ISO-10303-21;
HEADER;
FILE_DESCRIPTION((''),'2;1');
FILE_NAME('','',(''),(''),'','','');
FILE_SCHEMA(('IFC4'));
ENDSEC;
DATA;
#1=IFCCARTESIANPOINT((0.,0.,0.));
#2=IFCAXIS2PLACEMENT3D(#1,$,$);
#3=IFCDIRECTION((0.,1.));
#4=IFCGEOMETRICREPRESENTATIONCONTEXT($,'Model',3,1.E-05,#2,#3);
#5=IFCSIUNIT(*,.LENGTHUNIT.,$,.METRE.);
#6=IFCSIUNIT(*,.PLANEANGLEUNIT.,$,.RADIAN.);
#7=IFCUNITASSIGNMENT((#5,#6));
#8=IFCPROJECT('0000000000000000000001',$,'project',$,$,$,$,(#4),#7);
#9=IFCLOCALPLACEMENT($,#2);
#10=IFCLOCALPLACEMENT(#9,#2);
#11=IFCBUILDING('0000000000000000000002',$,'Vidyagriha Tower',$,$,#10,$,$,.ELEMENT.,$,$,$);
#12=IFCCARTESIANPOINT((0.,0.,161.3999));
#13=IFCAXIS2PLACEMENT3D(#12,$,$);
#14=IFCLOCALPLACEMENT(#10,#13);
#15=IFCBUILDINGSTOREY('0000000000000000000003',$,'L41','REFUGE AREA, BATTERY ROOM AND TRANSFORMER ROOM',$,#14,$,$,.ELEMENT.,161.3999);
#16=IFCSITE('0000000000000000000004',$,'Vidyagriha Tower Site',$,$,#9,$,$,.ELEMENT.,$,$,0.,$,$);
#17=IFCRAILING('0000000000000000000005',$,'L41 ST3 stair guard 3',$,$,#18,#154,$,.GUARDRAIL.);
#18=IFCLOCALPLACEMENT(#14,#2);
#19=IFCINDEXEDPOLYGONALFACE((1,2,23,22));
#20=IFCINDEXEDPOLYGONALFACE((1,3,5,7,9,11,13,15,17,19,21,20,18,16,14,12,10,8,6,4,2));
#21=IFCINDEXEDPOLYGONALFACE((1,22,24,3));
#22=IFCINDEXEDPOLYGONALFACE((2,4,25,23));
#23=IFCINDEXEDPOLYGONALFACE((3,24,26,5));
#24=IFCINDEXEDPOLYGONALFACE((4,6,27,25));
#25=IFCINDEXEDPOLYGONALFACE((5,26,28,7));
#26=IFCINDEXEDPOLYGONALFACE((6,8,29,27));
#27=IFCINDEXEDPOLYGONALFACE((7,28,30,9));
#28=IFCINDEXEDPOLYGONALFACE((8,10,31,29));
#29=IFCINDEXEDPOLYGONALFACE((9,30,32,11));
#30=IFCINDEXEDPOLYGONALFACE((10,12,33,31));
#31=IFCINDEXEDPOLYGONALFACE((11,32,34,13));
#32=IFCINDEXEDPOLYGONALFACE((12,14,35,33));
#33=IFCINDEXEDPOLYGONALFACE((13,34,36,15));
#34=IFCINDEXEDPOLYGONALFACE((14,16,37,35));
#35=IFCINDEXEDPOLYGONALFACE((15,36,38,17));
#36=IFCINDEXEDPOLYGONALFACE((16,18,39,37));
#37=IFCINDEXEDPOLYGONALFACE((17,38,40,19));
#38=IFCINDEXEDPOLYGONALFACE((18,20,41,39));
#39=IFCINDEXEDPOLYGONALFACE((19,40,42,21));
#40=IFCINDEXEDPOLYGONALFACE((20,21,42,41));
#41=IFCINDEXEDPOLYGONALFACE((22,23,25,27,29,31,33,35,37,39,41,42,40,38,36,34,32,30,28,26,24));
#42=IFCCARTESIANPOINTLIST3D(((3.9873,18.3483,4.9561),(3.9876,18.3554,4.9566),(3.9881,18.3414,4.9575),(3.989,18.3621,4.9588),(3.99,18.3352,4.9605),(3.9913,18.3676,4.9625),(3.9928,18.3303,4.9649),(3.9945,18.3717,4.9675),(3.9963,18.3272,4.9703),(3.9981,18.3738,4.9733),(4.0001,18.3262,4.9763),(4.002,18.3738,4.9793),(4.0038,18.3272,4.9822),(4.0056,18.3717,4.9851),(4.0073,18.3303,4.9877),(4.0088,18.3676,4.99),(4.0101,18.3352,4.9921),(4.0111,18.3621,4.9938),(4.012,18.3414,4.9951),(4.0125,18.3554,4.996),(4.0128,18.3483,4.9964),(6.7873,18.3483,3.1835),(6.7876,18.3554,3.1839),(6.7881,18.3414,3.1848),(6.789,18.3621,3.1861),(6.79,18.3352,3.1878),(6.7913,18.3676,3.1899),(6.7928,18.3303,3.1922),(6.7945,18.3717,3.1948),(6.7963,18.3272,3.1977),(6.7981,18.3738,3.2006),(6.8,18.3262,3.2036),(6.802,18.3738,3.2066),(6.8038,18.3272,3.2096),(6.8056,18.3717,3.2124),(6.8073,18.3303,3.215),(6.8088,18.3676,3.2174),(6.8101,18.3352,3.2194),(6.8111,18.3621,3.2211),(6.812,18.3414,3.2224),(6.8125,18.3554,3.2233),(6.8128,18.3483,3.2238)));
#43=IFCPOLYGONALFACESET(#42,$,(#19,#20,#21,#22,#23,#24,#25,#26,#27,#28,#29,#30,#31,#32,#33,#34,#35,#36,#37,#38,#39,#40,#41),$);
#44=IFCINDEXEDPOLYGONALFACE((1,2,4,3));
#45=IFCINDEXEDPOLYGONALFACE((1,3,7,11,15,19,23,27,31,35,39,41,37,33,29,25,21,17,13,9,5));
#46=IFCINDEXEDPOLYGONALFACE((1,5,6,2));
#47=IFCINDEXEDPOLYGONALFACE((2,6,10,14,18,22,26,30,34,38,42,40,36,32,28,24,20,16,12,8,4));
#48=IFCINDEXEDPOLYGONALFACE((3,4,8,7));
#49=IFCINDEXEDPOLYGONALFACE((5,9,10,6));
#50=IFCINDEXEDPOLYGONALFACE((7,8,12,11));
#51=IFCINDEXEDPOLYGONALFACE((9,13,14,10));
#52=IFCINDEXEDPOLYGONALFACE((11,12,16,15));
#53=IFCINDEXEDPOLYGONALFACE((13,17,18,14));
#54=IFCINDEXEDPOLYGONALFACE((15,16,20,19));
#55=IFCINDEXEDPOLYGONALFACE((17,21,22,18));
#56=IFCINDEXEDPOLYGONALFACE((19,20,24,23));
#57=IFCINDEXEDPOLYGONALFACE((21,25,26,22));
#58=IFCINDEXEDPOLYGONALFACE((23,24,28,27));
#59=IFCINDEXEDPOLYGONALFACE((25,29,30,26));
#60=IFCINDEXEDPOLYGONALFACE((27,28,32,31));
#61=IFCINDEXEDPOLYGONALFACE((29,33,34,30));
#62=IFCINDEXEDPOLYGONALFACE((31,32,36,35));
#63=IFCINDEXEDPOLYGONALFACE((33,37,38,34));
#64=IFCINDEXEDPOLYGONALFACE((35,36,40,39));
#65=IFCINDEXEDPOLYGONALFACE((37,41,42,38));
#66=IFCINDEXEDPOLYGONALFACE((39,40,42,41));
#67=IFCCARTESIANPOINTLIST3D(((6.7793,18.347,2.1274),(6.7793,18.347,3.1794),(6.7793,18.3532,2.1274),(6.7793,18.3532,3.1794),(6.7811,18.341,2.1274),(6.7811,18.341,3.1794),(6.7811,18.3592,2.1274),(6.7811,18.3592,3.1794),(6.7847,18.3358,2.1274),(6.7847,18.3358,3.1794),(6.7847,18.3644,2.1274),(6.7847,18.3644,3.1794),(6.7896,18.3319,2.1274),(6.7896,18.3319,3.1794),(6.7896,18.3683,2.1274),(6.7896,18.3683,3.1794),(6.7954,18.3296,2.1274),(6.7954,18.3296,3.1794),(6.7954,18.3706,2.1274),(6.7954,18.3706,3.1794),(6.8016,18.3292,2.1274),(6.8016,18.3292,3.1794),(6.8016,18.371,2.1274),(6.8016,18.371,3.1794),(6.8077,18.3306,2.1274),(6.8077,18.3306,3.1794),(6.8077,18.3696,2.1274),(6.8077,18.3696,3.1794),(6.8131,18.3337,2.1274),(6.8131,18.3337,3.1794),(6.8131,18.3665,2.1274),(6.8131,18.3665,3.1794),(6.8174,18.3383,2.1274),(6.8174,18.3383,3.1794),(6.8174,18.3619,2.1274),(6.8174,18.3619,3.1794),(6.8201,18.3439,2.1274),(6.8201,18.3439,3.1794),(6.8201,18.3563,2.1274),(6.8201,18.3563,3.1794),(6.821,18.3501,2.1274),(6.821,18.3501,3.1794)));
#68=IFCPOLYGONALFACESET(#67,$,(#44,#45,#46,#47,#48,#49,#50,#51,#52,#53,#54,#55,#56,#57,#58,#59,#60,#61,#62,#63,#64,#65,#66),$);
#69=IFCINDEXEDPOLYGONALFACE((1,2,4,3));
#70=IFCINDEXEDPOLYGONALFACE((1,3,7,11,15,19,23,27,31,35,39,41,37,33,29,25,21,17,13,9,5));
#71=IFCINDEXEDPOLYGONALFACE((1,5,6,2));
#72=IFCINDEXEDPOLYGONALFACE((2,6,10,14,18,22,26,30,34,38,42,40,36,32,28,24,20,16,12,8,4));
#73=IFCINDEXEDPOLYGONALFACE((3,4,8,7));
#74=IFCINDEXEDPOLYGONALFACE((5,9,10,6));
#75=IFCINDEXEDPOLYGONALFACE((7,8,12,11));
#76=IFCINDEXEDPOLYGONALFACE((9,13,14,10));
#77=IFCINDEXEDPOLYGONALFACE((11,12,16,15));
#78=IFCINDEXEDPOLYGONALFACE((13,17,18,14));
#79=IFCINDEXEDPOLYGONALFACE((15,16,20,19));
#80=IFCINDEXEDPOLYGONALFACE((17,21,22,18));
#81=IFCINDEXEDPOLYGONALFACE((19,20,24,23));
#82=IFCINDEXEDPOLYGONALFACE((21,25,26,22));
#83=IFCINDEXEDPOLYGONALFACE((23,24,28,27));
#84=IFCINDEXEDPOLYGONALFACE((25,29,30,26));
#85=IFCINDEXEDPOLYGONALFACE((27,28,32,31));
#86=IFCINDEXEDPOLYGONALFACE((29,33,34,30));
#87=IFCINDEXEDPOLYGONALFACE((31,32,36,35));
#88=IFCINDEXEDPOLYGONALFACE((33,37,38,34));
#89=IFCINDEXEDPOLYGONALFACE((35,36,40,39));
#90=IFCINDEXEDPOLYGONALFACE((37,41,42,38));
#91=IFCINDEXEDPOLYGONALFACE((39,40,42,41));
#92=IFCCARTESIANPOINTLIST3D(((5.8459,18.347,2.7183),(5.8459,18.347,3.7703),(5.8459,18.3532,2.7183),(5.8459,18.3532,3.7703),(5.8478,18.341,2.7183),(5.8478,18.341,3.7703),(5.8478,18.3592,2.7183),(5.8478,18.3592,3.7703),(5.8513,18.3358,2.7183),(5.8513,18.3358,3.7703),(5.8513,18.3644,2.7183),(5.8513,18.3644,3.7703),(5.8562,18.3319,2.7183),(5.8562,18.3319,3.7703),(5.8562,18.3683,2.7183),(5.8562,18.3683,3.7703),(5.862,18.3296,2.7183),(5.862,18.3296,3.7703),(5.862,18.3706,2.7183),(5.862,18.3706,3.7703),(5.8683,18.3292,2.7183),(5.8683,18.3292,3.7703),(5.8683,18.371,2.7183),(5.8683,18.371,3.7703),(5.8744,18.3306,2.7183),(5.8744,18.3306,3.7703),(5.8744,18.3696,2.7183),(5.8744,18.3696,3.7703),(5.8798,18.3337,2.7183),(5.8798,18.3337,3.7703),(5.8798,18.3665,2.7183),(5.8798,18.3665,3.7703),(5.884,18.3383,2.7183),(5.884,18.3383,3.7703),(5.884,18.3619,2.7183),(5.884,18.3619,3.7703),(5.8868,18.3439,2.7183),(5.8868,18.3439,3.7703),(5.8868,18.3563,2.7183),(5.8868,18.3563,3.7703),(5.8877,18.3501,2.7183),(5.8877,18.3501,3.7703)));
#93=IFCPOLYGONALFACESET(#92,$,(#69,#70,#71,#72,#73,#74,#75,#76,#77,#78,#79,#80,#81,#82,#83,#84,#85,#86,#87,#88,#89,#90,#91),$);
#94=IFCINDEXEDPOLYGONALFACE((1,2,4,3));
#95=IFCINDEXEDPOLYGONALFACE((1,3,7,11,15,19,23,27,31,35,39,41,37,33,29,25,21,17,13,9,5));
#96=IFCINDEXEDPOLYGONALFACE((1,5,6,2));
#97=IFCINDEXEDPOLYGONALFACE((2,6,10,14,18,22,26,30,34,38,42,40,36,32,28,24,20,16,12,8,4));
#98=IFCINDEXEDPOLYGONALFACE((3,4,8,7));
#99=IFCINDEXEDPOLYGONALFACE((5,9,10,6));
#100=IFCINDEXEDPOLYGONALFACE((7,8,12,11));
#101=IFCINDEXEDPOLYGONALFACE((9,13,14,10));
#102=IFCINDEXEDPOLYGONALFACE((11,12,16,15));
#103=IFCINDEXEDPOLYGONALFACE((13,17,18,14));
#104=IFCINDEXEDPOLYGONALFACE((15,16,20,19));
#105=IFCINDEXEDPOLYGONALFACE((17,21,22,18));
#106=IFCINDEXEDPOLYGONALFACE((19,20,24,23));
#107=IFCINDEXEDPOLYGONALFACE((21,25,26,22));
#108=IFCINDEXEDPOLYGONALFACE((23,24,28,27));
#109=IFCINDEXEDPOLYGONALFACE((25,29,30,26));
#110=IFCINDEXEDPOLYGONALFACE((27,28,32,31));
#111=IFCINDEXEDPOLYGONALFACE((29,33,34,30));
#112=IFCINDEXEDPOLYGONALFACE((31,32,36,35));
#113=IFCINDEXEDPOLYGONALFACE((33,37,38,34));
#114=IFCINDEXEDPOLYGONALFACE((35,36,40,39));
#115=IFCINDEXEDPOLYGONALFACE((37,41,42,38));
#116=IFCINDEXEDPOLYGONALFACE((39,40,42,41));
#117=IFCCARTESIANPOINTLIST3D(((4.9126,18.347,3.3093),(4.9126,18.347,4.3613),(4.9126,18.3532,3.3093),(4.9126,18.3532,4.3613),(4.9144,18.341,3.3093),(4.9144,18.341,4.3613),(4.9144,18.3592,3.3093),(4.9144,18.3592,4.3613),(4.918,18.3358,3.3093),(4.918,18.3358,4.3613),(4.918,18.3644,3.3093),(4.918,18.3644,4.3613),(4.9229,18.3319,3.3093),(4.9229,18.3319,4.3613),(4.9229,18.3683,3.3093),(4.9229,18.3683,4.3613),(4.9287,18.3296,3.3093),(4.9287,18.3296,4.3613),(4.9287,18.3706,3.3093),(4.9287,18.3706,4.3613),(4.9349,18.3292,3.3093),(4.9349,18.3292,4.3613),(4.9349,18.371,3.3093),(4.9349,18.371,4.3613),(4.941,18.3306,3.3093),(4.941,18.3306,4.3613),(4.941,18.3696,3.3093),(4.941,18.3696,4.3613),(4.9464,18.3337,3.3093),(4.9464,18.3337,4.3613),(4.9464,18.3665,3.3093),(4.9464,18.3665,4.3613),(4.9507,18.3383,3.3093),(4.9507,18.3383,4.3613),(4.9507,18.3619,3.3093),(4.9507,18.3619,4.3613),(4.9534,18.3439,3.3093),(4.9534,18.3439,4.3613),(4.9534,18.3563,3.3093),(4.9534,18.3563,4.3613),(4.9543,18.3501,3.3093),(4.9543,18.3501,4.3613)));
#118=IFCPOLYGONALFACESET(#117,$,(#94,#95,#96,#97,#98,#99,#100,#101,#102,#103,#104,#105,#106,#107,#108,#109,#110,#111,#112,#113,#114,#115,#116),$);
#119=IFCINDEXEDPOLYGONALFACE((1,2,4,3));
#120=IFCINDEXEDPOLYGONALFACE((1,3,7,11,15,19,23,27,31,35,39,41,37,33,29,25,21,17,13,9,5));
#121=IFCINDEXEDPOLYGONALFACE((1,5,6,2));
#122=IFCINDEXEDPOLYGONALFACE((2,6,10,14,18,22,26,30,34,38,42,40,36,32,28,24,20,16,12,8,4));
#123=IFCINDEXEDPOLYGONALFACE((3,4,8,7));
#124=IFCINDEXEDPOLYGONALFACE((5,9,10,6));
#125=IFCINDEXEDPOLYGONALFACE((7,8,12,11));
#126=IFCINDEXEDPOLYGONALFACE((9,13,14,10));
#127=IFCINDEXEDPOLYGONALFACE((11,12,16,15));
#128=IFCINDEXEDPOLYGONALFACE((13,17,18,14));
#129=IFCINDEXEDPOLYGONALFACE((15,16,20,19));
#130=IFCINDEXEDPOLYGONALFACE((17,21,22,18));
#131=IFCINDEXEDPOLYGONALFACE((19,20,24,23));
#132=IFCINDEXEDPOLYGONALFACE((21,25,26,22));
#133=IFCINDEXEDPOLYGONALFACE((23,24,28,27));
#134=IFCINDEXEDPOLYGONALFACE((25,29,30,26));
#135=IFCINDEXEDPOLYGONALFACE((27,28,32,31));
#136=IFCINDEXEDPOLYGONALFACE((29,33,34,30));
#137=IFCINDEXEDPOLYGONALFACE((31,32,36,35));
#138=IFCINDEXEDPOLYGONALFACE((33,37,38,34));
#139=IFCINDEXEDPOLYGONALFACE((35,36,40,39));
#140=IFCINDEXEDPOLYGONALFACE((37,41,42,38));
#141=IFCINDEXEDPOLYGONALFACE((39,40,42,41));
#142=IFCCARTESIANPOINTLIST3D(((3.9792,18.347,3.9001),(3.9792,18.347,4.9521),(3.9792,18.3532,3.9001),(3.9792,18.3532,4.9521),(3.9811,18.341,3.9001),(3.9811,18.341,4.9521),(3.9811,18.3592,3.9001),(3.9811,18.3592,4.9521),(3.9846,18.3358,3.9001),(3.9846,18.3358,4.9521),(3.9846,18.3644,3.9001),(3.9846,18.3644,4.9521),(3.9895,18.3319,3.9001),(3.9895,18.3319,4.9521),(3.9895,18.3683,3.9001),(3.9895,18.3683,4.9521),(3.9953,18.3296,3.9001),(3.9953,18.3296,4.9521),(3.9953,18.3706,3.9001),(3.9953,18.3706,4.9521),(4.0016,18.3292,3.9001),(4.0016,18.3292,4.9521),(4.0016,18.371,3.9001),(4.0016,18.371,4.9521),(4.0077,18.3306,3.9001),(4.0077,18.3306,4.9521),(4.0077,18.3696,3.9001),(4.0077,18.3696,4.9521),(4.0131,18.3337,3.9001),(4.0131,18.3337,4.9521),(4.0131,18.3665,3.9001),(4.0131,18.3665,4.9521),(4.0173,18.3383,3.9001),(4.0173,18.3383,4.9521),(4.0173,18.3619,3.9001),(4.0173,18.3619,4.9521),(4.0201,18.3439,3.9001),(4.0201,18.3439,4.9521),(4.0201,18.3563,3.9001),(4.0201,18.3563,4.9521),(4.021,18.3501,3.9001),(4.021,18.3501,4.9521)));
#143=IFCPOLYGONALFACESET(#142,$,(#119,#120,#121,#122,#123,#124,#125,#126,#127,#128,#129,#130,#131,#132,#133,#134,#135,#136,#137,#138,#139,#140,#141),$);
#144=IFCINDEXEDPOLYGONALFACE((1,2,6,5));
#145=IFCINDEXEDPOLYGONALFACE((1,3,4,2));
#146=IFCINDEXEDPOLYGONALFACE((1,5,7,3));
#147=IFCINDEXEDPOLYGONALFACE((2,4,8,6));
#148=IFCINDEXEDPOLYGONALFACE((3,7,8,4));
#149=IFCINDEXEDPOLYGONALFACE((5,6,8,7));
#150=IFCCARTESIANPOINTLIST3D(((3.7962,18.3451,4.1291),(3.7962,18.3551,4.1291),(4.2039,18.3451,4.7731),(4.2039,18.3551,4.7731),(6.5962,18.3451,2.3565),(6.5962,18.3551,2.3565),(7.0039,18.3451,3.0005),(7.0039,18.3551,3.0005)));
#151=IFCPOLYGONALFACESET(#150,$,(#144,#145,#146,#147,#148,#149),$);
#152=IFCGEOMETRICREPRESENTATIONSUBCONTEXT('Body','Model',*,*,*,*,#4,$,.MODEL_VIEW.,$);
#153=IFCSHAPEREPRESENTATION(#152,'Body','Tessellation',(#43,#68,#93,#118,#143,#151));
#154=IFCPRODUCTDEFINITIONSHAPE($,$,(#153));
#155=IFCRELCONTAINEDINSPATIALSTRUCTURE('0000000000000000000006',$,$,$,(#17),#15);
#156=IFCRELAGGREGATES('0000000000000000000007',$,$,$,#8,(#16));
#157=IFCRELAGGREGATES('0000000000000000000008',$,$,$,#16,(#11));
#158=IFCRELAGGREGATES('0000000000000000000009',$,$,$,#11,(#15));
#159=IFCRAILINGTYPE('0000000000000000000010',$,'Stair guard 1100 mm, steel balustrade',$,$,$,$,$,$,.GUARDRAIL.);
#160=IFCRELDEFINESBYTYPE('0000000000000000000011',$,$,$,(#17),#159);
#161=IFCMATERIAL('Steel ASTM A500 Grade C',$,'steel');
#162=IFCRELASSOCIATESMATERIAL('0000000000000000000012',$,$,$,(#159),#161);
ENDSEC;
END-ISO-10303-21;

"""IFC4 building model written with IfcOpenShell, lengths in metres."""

from ifc_helpers import new_model, si_unit, direction, frame, origin, origin_2d, place, context, subcontext, project, spatial, rectangle, circle, extrude, material, type_object, element, save


model = new_model("IFC4")

# Units and contexts
model_context = context("Model", 3, precision=1e-05, world=origin(), true_north=direction((0.0, 1.0)))
body_context = subcontext(model_context, "Body", "Model", "MODEL_VIEW")
ifc_project = project(units=[si_unit("LENGTHUNIT", "METRE"), si_unit("PLANEANGLEUNIT", "RADIAN")], contexts=[model_context])

# Site, building, storey
site_placement = place(None, origin())
site = spatial("IfcSite", under=ifc_project, at=site_placement, Name="Vidyagriha Tower Site", CompositionType="ELEMENT", RefElevation=0.0)
building_placement = place(site_placement, origin())
building = spatial("IfcBuilding", under=site, at=building_placement, Name="Vidyagriha Tower", CompositionType="ELEMENT")
storey_placement = place(building_placement, frame((0.0, 0.0, 161.3999)))
storey = spatial("IfcBuildingStorey", under=building, at=storey_placement, Name="L41", Description="REFUGE AREA, BATTERY ROOM AND TRANSFORMER ROOM", CompositionType="ELEMENT", Elevation=161.3999)

# Railing
ifc_material_1 = material(Name="Steel ASTM A500 Grade C", Category="steel")
railing_type_1 = type_object("IfcRailingType", Name="Stair guard 1100 mm, steel balustrade", PredefinedType="GUARDRAIL", material=ifc_material_1)
railing_1_placement = place(storey_placement, frame((6.8, 18.3501, 2.1274)))
element("IfcRailing", 1, at=railing_1_placement, inside=storey, type_object=railing_type_1, Name="L41 ST3 stair guard 3", PredefinedType="GUARDRAIL", context=body_context, shape_type="SweptSolid", body=[
    extrude(circle(Radius=0.0239, at=origin_2d()), frame((0.0, 0.0, 1.0762), z_axis=(-0.844909, 0.0, 0.53491), x_axis=(0.0, -1.0, 0.0)), (0.0, 0.0, 1.0), 3.314),
    extrude(circle(Radius=0.021, at=origin_2d()), origin(), (0.0, 0.0, 1.0), 1.052),
    extrude(circle(Radius=0.021, at=origin_2d()), frame((-0.9333, 0.0, 0.5908)), (0.0, 0.0, 1.0), 1.052),
    extrude(circle(Radius=0.021, at=origin_2d()), frame((-1.8667, 0.0, 1.1819)), (0.0, 0.0, 1.0), 1.052),
    extrude(circle(Radius=0.021, at=origin_2d()), frame((-2.8, 0.0, 1.7727)), (0.0, 0.0, 1.0), 1.052),
    extrude(rectangle(XDim=0.01, YDim=0.7622, at=origin_2d()), frame((0.0, 0.0, 0.551), z_axis=(-0.844909, 0.0, 0.53491), x_axis=(0.0, -1.0, 0.0)), (0.0, 0.0, 1.0), 3.314),
])

save(model, "model.ifc")
